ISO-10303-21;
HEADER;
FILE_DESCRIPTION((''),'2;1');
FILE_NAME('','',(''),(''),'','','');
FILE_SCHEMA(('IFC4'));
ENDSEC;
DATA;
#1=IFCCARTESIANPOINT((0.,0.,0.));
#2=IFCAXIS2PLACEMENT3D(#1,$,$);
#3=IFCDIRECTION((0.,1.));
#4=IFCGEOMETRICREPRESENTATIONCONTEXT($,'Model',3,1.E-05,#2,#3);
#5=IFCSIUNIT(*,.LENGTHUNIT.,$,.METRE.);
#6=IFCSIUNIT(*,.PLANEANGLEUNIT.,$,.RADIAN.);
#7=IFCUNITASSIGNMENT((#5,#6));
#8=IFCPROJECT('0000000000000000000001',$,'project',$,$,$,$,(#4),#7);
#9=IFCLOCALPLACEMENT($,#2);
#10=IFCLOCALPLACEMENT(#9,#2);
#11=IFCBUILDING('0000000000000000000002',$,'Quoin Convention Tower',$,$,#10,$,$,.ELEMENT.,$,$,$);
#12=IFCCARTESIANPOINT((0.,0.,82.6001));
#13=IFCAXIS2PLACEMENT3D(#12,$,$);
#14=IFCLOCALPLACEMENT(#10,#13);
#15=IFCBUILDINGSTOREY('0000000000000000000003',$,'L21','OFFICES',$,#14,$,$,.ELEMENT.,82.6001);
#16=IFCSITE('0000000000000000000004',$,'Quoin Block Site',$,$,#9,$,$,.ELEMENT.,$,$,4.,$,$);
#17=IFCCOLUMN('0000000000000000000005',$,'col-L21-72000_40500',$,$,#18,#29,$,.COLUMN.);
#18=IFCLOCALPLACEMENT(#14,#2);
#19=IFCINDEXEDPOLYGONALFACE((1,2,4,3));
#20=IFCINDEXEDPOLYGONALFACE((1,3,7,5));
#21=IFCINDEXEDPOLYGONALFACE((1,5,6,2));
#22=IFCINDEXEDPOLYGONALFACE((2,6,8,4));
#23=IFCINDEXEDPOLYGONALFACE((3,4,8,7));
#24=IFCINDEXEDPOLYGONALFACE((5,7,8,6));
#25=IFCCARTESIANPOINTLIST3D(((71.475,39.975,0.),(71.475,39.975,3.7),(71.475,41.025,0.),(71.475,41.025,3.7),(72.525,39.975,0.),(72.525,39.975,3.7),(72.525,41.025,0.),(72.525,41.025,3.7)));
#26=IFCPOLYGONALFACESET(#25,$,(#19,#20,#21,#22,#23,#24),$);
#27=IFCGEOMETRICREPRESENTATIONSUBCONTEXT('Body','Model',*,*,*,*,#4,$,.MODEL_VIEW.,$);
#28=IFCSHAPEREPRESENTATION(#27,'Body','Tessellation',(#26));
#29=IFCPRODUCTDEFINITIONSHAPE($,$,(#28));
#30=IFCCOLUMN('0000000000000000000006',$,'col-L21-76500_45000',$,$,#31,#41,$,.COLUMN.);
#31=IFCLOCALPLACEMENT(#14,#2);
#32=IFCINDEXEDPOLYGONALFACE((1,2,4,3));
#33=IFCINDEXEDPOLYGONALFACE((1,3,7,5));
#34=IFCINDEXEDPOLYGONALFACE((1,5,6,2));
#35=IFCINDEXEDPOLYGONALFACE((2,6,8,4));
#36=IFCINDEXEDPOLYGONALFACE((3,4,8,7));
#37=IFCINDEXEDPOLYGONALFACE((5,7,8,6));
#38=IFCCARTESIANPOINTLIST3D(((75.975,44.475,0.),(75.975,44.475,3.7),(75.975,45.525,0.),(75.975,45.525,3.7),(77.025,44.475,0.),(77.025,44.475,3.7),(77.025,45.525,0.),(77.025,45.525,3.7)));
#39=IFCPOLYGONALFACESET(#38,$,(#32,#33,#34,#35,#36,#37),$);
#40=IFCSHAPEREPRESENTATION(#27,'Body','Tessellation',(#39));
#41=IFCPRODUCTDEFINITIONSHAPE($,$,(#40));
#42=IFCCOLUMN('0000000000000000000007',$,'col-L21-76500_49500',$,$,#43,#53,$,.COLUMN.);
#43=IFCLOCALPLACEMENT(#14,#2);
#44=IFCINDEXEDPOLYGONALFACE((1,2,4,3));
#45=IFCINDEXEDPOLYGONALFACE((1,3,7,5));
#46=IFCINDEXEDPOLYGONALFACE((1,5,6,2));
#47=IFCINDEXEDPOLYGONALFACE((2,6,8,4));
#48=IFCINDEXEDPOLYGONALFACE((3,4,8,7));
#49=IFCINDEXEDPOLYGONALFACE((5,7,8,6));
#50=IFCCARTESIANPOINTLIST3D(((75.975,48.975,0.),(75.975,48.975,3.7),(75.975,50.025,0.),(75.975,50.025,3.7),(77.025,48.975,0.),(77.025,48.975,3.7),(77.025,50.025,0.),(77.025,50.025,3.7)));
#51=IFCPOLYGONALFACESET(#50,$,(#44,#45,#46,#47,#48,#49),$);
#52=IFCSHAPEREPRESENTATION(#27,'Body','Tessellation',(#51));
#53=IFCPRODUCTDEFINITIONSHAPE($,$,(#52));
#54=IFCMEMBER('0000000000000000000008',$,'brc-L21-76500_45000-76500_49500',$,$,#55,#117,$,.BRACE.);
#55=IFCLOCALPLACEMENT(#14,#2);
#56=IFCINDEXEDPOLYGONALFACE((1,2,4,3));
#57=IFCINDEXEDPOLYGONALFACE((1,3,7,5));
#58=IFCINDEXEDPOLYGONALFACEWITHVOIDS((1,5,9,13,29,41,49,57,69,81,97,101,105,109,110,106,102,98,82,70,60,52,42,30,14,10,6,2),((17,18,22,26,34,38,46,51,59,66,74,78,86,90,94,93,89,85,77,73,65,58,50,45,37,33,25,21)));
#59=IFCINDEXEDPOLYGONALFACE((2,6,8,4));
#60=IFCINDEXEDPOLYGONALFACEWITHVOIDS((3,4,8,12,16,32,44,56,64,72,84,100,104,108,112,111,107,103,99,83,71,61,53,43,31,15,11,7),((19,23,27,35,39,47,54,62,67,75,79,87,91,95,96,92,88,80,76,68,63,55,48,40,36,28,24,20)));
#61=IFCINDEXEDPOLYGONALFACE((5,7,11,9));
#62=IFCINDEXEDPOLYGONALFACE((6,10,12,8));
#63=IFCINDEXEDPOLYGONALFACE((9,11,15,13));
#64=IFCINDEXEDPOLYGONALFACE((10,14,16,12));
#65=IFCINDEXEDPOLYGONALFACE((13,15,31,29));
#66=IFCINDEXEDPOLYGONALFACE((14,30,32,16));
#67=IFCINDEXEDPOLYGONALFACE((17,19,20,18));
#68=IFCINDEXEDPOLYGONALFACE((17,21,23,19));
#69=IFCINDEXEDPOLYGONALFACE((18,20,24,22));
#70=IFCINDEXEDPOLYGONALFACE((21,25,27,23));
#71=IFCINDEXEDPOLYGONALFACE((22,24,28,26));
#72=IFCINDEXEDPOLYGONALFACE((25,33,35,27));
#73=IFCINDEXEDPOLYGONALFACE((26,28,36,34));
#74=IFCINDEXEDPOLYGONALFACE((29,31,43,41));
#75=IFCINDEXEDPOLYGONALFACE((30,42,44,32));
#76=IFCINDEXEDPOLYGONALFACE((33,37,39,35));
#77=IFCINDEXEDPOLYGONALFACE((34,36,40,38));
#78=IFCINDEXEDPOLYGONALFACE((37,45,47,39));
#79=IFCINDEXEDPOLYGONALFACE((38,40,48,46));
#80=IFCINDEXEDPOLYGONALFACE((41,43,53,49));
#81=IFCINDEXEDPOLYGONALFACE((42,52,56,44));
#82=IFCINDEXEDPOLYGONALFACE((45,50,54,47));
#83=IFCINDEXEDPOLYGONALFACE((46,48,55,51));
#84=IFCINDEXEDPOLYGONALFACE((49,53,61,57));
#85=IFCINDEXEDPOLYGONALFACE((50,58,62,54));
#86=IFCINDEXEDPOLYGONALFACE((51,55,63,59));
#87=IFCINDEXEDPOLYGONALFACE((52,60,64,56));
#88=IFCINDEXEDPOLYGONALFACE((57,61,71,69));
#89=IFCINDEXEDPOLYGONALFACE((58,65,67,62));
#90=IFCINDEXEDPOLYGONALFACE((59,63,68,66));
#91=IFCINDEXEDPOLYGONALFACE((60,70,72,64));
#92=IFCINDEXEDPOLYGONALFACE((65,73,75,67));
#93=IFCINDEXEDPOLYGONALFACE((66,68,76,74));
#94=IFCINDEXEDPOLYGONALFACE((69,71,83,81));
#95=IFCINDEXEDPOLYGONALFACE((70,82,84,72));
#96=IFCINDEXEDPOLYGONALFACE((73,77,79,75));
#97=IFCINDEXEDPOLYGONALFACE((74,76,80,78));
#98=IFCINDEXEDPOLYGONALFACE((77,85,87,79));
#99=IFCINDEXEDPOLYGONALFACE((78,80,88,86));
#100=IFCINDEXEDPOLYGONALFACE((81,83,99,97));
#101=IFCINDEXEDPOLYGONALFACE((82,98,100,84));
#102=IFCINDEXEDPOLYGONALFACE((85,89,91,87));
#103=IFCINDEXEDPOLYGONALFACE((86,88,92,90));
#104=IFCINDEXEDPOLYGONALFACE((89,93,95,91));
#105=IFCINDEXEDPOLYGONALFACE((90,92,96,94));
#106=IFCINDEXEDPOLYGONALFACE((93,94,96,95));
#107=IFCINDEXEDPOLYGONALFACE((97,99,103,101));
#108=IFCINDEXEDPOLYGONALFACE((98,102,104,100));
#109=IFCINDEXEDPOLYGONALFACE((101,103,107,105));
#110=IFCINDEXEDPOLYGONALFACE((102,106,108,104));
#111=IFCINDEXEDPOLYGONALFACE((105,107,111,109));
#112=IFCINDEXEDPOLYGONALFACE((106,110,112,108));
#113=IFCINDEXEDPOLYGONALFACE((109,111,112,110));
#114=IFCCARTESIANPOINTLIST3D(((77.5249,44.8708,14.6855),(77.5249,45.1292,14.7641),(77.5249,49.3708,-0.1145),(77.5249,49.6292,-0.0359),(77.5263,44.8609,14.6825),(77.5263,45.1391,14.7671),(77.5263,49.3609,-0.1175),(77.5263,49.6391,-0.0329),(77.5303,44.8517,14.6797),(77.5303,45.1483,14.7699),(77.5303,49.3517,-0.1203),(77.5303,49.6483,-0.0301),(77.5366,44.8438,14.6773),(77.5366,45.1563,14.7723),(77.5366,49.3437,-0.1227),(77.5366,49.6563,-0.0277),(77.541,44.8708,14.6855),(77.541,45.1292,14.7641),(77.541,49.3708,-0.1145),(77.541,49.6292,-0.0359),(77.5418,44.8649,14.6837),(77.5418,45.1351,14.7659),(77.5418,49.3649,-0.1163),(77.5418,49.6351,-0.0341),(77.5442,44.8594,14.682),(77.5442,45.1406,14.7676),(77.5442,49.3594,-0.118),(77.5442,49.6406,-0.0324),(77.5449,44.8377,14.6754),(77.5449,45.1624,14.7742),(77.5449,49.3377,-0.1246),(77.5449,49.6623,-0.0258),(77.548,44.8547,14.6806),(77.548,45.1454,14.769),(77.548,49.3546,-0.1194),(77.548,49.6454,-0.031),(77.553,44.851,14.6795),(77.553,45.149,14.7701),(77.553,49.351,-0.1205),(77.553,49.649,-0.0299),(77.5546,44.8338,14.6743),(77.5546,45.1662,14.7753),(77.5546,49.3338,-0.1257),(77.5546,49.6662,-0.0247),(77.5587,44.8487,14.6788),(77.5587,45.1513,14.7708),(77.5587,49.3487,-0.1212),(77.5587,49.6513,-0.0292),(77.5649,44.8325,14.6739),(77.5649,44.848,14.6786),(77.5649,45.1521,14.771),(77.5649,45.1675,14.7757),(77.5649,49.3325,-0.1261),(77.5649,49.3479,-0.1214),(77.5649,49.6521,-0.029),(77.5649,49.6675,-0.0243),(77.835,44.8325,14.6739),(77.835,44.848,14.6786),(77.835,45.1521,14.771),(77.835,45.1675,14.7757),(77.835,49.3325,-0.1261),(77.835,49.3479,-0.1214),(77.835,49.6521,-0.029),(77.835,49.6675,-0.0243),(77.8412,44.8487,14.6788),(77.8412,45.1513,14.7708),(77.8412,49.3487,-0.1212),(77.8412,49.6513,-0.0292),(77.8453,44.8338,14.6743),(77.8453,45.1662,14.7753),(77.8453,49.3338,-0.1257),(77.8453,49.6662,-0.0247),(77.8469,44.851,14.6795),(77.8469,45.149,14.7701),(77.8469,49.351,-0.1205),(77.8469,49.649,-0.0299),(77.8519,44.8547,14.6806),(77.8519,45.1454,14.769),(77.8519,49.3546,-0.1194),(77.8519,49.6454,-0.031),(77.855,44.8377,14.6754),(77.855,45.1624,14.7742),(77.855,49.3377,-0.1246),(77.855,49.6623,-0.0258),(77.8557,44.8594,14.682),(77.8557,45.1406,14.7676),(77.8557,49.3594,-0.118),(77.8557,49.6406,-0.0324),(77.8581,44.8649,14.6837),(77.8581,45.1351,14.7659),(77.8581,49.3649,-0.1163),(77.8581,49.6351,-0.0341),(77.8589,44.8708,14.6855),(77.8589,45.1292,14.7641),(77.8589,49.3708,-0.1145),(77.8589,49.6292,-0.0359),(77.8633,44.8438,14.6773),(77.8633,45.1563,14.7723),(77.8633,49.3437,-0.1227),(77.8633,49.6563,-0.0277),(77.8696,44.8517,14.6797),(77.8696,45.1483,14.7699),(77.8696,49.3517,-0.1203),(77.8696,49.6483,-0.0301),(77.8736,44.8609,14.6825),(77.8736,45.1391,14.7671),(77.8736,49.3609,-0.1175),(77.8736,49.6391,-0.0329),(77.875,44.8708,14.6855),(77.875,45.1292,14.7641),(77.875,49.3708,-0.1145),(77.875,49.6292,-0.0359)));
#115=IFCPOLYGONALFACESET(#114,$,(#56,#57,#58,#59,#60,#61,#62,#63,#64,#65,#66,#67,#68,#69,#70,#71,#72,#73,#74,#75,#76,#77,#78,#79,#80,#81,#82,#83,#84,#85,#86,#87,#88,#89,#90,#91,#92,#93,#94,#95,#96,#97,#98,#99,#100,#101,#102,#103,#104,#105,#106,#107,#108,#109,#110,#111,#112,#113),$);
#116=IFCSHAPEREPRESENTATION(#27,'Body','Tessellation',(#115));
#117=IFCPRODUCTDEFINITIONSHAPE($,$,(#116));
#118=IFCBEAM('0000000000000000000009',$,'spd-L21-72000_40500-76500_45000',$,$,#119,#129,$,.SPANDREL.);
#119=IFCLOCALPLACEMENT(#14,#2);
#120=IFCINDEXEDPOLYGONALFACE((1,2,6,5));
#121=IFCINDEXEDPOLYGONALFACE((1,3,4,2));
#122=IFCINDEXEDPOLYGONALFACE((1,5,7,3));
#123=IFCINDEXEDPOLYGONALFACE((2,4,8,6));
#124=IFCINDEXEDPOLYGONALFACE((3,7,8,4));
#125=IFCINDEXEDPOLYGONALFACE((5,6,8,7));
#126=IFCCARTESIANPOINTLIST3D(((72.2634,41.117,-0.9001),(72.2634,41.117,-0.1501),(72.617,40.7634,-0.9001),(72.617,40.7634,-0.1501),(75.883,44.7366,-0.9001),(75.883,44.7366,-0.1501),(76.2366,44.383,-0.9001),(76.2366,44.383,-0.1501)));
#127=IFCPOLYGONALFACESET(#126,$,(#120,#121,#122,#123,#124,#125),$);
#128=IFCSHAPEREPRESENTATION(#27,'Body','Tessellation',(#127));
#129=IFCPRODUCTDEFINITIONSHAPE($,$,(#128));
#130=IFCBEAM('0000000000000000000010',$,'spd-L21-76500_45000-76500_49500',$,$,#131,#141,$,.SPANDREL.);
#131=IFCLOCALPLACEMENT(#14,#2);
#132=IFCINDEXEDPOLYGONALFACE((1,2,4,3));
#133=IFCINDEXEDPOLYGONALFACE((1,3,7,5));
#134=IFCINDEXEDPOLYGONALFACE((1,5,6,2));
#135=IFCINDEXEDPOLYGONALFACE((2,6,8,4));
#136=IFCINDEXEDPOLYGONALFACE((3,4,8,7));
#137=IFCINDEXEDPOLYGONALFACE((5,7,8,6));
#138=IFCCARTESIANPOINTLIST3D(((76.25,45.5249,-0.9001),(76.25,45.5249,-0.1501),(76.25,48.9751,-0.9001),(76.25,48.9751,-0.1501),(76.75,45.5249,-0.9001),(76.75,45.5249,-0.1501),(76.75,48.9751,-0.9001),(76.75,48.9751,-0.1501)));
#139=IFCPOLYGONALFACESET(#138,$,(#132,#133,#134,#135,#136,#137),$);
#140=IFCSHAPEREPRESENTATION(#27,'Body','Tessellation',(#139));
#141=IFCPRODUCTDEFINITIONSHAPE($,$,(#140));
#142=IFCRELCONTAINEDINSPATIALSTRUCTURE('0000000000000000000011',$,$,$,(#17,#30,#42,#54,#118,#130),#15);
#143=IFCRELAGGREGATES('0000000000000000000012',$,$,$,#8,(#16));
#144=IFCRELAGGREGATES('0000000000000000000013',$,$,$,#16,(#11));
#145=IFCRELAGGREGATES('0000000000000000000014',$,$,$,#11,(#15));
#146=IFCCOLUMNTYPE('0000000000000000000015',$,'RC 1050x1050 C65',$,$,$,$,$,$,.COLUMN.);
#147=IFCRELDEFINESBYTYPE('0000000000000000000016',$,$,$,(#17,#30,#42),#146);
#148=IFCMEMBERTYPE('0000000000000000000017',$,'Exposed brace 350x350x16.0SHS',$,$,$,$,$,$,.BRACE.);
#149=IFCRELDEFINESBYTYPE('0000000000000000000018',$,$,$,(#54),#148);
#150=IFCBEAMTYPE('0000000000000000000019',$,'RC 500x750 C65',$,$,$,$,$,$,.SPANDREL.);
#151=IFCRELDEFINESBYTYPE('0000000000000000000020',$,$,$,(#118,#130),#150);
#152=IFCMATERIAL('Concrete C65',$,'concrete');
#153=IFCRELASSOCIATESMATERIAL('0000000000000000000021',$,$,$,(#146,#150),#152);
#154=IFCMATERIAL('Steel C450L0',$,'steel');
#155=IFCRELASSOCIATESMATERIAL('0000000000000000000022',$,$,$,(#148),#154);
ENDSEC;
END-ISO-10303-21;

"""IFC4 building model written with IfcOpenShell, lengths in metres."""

from ifc_helpers import new_model, si_unit, direction, frame, origin, origin_2d, place, context, subcontext, project, spatial, rectangle, hollow_rectangle, extrude, material, material_profile, profile_set, type_object, element, save


model = new_model("IFC4")

# Units and contexts
model_context = context("Model", 3, precision=1e-05, world=origin(), true_north=direction((0.0, 1.0)))
body_context = subcontext(model_context, "Body", "Model", "MODEL_VIEW")
ifc_project = project(units=[si_unit("LENGTHUNIT", "METRE"), si_unit("PLANEANGLEUNIT", "RADIAN")], contexts=[model_context])

# Site, building, storey
site_placement = place(None, origin())
site = spatial("IfcSite", under=ifc_project, at=site_placement, Name="Quoin Block Site", CompositionType="ELEMENT", RefElevation=4.0)
building_placement = place(site_placement, origin())
building = spatial("IfcBuilding", under=site, at=building_placement, Name="Quoin Convention Tower", CompositionType="ELEMENT")
storey_placement = place(building_placement, frame((0.0, 0.0, 82.6001)))
storey = spatial("IfcBuildingStorey", under=building, at=storey_placement, Name="L21", Description="OFFICES", CompositionType="ELEMENT", Elevation=82.6001)

# Columns
ifc_material_1 = material(Name="Concrete C65", Category="concrete")
ifc_material_profile_1 = material_profile(ifc_material_1, rectangle(XDim=1.05, YDim=1.05, at=origin_2d()), Name="RC 1050x1050")
ifc_profile_set_1 = profile_set([ifc_material_profile_1], Name="Concrete C65")
column_type = type_object("IfcColumnType", Name="RC 1050x1050 C65", PredefinedType="COLUMN", material=ifc_profile_set_1)
for number, where, z_axis, x_axis, name in (
    (1, (72.0, 40.5, 0.0), (0.0, 0.0, 1.0), (1.0, 0.0, 0.0), "col-L21-72000_40500"),
    (2, (76.5, 45.0, 0.0), (0.0, 0.0, 1.0), (1.0, 0.0, 0.0), "col-L21-76500_45000"),
    (3, (76.5, 49.5, 0.0), (0.0, 0.0, 1.0), (1.0, 0.0, 0.0), "col-L21-76500_49500"),
):
    element("IfcColumn", number, at=place(storey_placement, frame(where, z_axis=z_axis, x_axis=x_axis)), inside=storey, type_object=column_type, Name=name, PredefinedType="COLUMN", context=body_context, shape_type="SweptSolid", body=[
        extrude(rectangle(XDim=1.05, YDim=1.05, at=origin_2d()), origin(), (0.0, 0.0, 1.0), 3.7),
    ])

# Member
ifc_material_2 = material(Name="Steel C450L0", Category="steel")
ifc_material_profile_2 = material_profile(ifc_material_2, hollow_rectangle(XDim=0.3501, YDim=0.3501, WallThickness=0.0161, InnerFilletRadius=0.0239, OuterFilletRadius=0.04, at=origin_2d()), Name="350x350x16.0SHS")
ifc_profile_set_2 = profile_set([ifc_material_profile_2], Name="Steel C450L0")
member_type = type_object("IfcMemberType", Name="Exposed brace 350x350x16.0SHS", PredefinedType="BRACE", material=ifc_profile_set_2)
member_placement = place(storey_placement, frame((77.7, 49.5, -0.0752), z_axis=(0.0, -0.290903, 0.956752), x_axis=(1.0, 0.0, 0.0)))
element("IfcMember", 4, at=member_placement, inside=storey, type_object=member_type, Name="brc-L21-76500_45000-76500_49500", PredefinedType="BRACE", context=body_context, shape_type="SweptSolid", body=[
    extrude(hollow_rectangle(XDim=0.3501, YDim=0.3501, WallThickness=0.0161, InnerFilletRadius=0.0239, OuterFilletRadius=0.04, at=origin_2d()), origin(), (0.0, 0.0, 1.0), 15.469),
])

# Beams
ifc_material_profile_3 = material_profile(ifc_material_1, rectangle(XDim=0.5, YDim=0.75, at=origin_2d()), Name="RC 500x750")
ifc_profile_set_3 = profile_set([ifc_material_profile_3], Name="Concrete C65")
beam_type = type_object("IfcBeamType", Name="RC 500x750 C65", PredefinedType="SPANDREL", material=ifc_profile_set_3)
beam_1_placement = place(storey_placement, frame((72.4402, 40.9402, -0.5251), z_axis=(0.707107, 0.707107, 0.0), x_axis=(-0.707107, 0.707107, 0.0)))
element("IfcBeam", 5, at=beam_1_placement, inside=storey, type_object=beam_type, Name="spd-L21-72000_40500-76500_45000", PredefinedType="SPANDREL", context=body_context, shape_type="SweptSolid", body=[
    extrude(rectangle(XDim=0.5, YDim=0.75, at=origin_2d()), origin(), (0.0, 0.0, 1.0), 5.1189),
])
beam_2_placement = place(storey_placement, frame((76.5, 45.5249, -0.5251), z_axis=(0.0, 1.0, 0.0), x_axis=(-1.0, 0.0, 0.0)))
element("IfcBeam", 6, at=beam_2_placement, inside=storey, type_object=beam_type, Name="spd-L21-76500_45000-76500_49500", PredefinedType="SPANDREL", context=body_context, shape_type="SweptSolid", body=[
    extrude(rectangle(XDim=0.5, YDim=0.75, at=origin_2d()), origin(), (0.0, 0.0, 1.0), 3.4502),
])

save(model, "model.ifc")
